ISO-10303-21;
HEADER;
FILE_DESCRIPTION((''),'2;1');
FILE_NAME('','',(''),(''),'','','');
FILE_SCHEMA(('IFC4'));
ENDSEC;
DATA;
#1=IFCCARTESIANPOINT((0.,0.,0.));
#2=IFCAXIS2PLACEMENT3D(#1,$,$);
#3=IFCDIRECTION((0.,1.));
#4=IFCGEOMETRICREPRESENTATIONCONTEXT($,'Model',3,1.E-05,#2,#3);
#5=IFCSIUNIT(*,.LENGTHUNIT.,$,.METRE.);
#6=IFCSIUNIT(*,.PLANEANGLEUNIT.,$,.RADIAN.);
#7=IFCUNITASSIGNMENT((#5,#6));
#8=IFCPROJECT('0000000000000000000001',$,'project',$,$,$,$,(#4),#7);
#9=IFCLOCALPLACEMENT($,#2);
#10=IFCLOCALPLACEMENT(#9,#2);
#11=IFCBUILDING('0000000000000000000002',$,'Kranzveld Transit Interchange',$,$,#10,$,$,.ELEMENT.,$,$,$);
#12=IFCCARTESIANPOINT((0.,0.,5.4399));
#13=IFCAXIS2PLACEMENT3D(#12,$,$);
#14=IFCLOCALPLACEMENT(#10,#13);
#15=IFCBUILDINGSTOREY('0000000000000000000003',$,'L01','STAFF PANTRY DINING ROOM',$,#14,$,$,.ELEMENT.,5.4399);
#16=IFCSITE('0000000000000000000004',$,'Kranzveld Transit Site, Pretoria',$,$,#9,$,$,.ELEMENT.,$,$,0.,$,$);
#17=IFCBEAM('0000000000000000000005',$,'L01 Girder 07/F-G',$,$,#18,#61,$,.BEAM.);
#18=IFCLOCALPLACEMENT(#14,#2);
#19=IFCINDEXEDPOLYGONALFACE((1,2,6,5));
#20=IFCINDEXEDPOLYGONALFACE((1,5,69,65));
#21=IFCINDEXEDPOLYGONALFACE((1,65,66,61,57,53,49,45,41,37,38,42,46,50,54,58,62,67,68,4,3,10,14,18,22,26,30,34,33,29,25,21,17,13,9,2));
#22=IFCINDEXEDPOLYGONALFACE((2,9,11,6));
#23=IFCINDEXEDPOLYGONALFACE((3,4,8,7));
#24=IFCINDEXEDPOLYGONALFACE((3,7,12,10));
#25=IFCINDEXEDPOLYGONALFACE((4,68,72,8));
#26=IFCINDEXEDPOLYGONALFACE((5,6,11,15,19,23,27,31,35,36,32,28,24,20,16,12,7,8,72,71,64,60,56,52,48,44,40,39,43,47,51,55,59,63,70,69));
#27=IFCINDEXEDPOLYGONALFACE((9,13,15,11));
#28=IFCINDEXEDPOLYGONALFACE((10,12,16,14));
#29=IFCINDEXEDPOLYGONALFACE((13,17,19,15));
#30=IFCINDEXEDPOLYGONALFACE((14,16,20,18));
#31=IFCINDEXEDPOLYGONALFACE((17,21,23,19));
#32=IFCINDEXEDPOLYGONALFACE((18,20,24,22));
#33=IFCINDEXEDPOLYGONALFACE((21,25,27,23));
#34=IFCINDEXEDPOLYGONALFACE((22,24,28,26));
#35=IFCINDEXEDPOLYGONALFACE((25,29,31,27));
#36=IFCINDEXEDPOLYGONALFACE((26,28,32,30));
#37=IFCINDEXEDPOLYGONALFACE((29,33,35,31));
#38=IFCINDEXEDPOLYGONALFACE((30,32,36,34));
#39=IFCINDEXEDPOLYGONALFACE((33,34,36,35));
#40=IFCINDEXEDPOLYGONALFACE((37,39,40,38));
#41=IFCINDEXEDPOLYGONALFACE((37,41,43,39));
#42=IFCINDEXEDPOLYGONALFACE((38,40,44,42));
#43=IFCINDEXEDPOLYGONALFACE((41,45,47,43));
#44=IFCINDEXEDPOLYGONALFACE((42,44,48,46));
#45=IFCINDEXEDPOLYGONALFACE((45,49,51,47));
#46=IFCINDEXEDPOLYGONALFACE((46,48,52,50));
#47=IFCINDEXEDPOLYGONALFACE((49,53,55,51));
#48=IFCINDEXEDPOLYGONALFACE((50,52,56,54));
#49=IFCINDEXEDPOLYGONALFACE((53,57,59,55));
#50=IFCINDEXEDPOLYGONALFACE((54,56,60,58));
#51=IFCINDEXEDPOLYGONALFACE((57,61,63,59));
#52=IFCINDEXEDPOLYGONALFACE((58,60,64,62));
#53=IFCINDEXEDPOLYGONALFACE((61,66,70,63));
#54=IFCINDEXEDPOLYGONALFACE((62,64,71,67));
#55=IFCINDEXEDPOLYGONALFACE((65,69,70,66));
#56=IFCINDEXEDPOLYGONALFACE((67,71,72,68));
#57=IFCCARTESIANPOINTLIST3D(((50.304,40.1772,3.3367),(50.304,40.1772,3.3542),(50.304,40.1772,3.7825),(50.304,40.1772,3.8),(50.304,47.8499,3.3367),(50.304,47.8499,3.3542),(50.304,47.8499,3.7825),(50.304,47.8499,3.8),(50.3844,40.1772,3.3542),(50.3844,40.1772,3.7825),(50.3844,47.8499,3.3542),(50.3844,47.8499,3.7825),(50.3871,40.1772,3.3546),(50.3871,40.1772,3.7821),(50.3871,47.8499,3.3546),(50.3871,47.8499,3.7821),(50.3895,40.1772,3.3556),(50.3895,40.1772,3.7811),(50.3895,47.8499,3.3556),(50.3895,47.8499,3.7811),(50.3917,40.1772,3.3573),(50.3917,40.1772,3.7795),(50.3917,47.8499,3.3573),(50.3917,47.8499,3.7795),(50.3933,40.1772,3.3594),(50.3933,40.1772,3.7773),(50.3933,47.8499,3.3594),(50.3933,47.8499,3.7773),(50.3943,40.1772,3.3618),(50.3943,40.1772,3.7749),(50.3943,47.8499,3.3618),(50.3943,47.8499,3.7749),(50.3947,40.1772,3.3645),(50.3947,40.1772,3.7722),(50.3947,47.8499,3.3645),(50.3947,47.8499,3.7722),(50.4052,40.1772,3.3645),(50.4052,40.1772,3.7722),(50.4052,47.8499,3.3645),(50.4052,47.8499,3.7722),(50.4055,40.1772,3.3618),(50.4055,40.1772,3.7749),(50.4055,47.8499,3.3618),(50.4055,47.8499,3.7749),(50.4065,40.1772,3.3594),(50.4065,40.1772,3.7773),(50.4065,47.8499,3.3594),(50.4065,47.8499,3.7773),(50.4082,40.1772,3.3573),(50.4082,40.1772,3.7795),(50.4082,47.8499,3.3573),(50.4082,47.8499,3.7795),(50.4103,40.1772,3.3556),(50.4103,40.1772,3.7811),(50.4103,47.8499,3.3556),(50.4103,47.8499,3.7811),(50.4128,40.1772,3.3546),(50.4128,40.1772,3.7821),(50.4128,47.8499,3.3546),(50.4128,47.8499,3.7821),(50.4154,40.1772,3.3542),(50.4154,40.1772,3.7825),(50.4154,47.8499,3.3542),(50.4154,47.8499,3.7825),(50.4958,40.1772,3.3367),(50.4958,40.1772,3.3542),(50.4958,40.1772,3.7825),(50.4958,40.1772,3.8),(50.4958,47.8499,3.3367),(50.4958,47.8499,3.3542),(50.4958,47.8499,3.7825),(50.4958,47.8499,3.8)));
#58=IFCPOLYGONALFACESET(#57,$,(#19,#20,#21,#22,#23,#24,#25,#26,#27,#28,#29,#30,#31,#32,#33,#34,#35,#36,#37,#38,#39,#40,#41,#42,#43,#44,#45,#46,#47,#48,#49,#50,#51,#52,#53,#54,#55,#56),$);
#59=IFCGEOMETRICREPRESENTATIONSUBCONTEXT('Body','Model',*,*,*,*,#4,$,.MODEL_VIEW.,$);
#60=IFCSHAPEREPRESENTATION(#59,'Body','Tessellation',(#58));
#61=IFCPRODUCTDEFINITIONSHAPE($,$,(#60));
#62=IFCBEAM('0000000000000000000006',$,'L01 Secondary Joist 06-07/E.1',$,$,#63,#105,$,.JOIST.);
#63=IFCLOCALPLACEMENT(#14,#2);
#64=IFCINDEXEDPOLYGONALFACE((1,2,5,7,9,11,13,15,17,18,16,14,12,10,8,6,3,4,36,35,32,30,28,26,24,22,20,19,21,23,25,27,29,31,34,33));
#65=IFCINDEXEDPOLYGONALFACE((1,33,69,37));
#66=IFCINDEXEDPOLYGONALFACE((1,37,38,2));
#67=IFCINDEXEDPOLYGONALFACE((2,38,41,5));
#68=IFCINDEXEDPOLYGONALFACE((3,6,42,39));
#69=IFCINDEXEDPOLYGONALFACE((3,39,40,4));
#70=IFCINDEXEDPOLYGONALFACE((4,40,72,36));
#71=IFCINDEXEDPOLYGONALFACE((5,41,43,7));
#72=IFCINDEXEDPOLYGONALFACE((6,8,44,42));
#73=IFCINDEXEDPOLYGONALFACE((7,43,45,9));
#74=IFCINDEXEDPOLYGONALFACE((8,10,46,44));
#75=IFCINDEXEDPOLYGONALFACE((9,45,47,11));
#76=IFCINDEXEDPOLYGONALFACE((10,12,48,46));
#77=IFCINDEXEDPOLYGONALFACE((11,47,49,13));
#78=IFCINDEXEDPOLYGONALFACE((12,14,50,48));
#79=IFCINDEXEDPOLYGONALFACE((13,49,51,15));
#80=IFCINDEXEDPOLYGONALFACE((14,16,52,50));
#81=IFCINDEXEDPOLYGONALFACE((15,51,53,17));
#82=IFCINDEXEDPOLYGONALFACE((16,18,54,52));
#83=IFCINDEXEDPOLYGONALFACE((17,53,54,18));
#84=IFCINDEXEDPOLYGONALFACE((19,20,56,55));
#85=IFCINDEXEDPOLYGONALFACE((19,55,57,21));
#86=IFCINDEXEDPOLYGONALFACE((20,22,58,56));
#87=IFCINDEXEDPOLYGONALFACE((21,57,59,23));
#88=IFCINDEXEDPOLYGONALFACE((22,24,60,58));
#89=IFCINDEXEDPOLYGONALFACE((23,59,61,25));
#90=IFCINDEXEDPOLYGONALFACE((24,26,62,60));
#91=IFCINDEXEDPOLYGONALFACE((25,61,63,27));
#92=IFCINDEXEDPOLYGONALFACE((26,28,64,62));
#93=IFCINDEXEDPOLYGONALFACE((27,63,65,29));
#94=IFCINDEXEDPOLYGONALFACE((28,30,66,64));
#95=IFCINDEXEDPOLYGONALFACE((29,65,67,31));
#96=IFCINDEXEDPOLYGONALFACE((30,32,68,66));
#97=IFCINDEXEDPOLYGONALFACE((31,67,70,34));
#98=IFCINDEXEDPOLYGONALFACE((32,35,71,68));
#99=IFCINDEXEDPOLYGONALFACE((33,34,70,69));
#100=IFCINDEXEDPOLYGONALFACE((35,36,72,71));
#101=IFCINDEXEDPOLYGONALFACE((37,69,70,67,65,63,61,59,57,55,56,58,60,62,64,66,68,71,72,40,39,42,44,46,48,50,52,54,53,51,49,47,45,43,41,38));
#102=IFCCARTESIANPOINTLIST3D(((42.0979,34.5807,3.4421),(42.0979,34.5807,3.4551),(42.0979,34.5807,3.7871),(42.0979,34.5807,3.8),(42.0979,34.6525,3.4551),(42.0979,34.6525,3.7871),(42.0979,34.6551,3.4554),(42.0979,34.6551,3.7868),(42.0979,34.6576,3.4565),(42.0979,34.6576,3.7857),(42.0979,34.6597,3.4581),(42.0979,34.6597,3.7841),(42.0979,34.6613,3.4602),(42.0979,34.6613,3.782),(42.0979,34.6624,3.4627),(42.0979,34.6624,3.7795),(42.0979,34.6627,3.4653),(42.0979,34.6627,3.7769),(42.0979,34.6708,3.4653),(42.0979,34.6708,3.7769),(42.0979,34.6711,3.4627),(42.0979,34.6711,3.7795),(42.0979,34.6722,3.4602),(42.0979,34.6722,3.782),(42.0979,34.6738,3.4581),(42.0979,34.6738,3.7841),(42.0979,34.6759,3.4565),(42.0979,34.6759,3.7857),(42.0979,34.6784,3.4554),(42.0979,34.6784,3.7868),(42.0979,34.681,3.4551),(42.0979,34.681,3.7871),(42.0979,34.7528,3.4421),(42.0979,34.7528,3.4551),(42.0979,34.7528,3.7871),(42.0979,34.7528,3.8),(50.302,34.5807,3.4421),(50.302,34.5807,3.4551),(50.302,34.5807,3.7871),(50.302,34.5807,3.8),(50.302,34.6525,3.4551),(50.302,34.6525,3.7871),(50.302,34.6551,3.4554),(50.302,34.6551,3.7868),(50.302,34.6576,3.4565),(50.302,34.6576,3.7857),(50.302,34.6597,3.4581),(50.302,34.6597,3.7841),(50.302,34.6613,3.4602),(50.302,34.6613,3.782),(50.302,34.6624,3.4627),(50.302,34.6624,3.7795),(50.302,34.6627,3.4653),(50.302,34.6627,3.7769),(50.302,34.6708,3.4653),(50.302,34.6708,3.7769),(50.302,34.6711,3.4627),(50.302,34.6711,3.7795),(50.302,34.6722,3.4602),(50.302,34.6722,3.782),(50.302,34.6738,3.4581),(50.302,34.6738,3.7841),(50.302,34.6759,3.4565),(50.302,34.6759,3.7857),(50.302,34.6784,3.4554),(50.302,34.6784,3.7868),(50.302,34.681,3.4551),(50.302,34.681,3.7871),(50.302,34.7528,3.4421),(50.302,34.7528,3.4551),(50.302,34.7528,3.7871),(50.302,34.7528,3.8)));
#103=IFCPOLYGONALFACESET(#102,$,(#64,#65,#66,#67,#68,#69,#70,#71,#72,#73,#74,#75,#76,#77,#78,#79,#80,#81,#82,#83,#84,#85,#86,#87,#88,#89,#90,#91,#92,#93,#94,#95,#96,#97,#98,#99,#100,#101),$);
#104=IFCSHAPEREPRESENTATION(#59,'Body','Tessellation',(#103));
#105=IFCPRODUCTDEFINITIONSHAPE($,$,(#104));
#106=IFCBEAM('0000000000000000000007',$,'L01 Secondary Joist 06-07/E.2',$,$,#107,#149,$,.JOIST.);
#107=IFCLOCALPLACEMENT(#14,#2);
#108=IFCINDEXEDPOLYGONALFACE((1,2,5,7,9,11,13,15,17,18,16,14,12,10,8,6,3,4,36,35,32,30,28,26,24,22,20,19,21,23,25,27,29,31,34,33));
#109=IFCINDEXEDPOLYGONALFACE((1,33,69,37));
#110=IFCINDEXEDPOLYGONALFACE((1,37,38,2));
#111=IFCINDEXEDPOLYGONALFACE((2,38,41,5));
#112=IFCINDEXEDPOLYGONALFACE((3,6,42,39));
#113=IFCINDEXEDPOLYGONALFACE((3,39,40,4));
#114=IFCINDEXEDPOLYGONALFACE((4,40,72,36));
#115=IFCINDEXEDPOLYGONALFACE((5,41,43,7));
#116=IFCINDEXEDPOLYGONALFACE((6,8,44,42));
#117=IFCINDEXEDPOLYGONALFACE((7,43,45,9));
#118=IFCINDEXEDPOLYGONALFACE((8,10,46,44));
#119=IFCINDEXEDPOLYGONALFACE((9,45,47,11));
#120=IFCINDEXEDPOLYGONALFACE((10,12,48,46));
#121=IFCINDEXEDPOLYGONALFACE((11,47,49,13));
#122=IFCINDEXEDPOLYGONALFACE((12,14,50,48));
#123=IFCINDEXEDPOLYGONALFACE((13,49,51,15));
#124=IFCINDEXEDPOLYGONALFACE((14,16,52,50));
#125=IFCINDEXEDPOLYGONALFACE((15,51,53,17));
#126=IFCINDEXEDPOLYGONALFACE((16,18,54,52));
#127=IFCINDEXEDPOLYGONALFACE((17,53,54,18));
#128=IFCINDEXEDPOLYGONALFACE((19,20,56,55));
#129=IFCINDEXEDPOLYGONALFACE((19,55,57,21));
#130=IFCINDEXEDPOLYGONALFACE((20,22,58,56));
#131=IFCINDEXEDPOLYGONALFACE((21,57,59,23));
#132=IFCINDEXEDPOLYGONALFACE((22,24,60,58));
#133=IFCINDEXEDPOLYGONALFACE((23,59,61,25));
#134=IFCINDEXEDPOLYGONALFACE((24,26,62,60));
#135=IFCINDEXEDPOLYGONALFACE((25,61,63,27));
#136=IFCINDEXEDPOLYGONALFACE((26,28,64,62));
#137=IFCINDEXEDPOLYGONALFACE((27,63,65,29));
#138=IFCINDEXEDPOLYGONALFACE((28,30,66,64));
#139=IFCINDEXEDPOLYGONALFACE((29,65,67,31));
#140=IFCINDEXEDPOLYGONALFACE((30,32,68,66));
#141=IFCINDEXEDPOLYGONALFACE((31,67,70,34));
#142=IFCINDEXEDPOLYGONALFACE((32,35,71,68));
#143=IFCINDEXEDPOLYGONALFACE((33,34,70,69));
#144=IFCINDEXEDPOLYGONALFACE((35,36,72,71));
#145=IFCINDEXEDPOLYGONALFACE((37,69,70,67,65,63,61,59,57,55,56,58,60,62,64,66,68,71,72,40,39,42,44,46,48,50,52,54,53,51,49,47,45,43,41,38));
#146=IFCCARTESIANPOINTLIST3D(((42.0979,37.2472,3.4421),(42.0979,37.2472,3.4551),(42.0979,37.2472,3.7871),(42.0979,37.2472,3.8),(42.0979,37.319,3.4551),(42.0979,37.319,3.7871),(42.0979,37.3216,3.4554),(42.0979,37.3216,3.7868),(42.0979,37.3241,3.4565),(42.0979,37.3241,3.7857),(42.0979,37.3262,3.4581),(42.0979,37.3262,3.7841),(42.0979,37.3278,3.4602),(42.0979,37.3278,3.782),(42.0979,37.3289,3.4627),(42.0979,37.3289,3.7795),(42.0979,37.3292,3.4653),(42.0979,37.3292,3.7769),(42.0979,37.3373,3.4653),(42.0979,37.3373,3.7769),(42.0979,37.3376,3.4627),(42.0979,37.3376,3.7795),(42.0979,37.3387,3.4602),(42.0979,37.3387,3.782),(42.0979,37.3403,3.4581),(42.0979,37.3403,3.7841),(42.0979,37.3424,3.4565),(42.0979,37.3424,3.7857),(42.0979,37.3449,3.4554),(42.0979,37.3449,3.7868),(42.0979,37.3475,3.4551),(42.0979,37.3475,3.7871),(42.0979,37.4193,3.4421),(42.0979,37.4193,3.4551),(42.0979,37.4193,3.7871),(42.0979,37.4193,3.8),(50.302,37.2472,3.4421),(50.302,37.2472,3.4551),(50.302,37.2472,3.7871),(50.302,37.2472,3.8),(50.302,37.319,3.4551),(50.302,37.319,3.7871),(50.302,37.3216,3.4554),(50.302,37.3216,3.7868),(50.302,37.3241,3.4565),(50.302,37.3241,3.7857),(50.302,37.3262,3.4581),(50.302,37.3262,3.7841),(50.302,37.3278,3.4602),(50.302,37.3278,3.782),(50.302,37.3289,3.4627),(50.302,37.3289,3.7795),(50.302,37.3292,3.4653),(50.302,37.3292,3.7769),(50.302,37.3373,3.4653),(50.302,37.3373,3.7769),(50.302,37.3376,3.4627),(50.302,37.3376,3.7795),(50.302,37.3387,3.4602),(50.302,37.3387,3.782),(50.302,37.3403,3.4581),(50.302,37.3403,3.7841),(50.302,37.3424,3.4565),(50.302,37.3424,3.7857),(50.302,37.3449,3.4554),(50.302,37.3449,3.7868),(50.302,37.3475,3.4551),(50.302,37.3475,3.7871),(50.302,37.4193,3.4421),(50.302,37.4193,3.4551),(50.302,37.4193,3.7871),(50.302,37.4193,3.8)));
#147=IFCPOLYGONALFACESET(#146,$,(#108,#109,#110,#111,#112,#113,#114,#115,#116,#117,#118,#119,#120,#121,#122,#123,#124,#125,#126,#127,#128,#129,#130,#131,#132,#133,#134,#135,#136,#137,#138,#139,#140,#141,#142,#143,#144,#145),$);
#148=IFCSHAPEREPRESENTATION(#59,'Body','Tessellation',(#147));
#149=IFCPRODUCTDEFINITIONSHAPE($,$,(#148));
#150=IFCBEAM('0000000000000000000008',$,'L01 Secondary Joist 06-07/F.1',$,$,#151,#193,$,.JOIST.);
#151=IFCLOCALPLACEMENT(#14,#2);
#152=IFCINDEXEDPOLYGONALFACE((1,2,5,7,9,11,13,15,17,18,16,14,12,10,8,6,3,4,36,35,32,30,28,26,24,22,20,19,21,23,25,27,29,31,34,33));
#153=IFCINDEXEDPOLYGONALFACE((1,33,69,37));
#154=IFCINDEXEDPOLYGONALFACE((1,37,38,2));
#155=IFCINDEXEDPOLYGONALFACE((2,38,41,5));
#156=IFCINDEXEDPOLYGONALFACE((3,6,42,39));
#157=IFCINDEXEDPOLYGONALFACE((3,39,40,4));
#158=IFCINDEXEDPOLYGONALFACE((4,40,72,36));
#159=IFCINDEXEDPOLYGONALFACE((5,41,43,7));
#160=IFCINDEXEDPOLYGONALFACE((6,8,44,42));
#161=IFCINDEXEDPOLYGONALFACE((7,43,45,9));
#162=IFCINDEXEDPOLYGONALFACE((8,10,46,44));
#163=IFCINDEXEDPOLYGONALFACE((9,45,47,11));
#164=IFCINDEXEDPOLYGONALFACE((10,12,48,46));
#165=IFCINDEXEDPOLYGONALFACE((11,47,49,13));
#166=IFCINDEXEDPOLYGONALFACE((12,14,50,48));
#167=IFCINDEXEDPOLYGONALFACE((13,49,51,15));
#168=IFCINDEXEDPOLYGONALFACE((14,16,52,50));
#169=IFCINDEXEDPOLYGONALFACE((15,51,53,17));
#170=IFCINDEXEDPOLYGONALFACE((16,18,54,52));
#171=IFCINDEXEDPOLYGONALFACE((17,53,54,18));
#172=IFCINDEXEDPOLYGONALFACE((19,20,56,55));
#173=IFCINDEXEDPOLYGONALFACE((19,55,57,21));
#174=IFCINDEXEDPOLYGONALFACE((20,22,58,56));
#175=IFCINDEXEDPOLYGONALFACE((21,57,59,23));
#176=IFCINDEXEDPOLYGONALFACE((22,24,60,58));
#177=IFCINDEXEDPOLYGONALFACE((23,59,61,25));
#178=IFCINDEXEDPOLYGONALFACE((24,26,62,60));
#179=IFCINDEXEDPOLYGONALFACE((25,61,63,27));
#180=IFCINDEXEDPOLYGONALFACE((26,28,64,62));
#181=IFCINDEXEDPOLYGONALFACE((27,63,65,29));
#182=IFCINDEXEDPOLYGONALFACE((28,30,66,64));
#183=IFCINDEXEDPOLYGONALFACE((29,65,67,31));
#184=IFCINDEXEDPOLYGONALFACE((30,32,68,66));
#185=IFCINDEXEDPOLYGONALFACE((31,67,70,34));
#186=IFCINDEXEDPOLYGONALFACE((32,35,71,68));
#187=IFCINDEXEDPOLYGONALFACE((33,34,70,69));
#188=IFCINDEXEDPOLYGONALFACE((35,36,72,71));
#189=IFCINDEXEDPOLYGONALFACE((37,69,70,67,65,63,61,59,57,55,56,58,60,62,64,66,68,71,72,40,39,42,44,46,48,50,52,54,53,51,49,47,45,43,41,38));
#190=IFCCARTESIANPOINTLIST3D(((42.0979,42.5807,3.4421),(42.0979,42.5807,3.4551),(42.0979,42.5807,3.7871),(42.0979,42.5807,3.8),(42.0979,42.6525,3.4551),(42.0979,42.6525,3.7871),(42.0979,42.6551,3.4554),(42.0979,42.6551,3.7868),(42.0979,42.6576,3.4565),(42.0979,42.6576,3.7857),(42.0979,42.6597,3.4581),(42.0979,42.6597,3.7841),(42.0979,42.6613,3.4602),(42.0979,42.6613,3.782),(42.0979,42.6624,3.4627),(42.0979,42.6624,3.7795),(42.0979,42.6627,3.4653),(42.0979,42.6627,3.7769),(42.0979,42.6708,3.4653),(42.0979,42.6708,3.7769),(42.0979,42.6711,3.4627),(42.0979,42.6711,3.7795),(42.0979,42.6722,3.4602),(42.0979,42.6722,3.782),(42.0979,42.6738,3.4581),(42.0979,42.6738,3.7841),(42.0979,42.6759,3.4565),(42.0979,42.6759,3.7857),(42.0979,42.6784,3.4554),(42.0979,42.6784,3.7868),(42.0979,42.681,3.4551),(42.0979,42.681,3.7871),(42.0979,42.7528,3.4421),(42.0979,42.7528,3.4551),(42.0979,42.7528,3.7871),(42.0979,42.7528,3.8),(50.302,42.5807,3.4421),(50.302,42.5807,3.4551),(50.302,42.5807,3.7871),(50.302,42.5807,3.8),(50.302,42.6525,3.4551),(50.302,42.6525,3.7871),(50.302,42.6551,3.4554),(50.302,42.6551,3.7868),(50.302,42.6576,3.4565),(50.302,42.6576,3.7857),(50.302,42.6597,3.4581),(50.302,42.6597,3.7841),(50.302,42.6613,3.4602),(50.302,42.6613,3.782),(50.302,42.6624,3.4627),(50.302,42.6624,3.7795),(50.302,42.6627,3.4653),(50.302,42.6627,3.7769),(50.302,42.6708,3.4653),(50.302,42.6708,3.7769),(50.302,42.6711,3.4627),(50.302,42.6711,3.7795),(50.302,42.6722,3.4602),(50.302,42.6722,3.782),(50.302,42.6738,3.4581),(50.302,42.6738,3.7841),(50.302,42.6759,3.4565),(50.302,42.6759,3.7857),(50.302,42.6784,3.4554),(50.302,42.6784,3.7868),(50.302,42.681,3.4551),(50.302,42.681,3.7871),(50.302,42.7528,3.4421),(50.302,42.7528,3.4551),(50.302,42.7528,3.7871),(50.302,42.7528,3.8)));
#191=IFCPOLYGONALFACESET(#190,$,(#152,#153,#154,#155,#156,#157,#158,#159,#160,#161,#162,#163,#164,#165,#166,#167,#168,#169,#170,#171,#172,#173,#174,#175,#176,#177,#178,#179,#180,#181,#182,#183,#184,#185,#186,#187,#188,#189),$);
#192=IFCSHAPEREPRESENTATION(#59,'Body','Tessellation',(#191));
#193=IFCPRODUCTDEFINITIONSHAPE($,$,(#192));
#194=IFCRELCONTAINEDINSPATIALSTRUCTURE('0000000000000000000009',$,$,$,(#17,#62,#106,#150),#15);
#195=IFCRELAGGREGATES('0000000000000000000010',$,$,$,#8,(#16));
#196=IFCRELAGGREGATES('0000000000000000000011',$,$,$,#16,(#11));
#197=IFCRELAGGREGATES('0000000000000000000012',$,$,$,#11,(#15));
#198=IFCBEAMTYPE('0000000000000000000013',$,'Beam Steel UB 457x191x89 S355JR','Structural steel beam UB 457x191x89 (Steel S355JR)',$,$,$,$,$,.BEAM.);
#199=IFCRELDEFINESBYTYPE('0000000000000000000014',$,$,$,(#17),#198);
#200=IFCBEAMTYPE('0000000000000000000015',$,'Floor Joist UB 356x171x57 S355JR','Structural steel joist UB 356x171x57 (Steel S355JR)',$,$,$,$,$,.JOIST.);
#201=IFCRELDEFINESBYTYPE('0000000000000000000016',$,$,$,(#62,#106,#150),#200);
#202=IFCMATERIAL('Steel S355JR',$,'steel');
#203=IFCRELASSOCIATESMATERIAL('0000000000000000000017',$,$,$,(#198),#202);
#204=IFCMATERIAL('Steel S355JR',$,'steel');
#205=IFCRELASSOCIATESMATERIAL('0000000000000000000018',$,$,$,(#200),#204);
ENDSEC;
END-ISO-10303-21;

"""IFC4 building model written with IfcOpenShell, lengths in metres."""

from ifc_helpers import new_model, si_unit, direction, frame, origin, origin_2d, place, context, subcontext, project, spatial, i_section, extrude, material, material_profile, profile_set, type_object, element, save


model = new_model("IFC4")

# Units and contexts
model_context = context("Model", 3, precision=1e-05, world=origin(), true_north=direction((0.0, 1.0)))
body_context = subcontext(model_context, "Body", "Model", "MODEL_VIEW")
ifc_project = project(units=[si_unit("LENGTHUNIT", "METRE"), si_unit("PLANEANGLEUNIT", "RADIAN")], contexts=[model_context])

# Site, building, storey
site_placement = place(None, origin())
site = spatial("IfcSite", under=ifc_project, at=site_placement, Name="Kranzveld Transit Site, Pretoria", CompositionType="ELEMENT", RefElevation=0.0)
building_placement = place(site_placement, origin())
building = spatial("IfcBuilding", under=site, at=building_placement, Name="Kranzveld Transit Interchange", CompositionType="ELEMENT")
storey_placement = place(building_placement, frame((0.0, 0.0, 5.4399)))
storey = spatial("IfcBuildingStorey", under=building, at=storey_placement, Name="L01", Description="STAFF PANTRY DINING ROOM", CompositionType="ELEMENT", Elevation=5.4399)

# Beams
ifc_material_1 = material(Name="Steel S355JR", Category="steel")
ifc_material_profile_1 = material_profile(ifc_material_1, i_section(OverallWidth=0.1919, OverallDepth=0.4634, WebThickness=0.0105, FlangeThickness=0.0176, FilletRadius=0.0103, at=origin_2d()), Name="UB 457x191x89")
ifc_profile_set_1 = profile_set([ifc_material_profile_1], Name="Steel S355JR")
beam_type_1 = type_object("IfcBeamType", Name="Beam Steel UB 457x191x89 S355JR", Description="Structural steel beam UB 457x191x89 (Steel S355JR)", PredefinedType="BEAM", material=ifc_profile_set_1)
beam_1_placement = place(storey_placement, frame((50.3999, 40.1772, 3.5684), z_axis=(0.0, 1.0, 0.0), x_axis=(-1.0, 0.0, 0.0)))
element("IfcBeam", 1, at=beam_1_placement, inside=storey, type_object=beam_type_1, Name="L01 Girder 07/F-G", PredefinedType="BEAM", context=body_context, shape_type="SweptSolid", body=[
    extrude(i_section(OverallWidth=0.1919, OverallDepth=0.4634, WebThickness=0.0105, FlangeThickness=0.0176, FilletRadius=0.0103, at=origin_2d()), origin(), (0.0, 0.0, 1.0), 7.6726),
])
ifc_material_2 = material(Name="Steel S355JR", Category="steel")
ifc_material_profile_2 = material_profile(ifc_material_2, i_section(OverallWidth=0.1721, OverallDepth=0.3579, WebThickness=0.0081, FlangeThickness=0.0129, FilletRadius=0.0103, at=origin_2d()), Name="UB 356x171x57")
ifc_profile_set_2 = profile_set([ifc_material_profile_2], Name="Steel S355JR")
beam_type_2 = type_object("IfcBeamType", Name="Floor Joist UB 356x171x57 S355JR", Description="Structural steel joist UB 356x171x57 (Steel S355JR)", PredefinedType="JOIST", material=ifc_profile_set_2)
for number, where, z_axis, x_axis, name in (
    (2, (42.0979, 34.6667, 3.6211), (1.0, 0.0, 0.0), (0.0, 1.0, 0.0), "L01 Secondary Joist 06-07/E.1"),
    (3, (42.0979, 37.3333, 3.6211), (1.0, 0.0, 0.0), (0.0, 1.0, 0.0), "L01 Secondary Joist 06-07/E.2"),
    (4, (42.0979, 42.6667, 3.6211), (1.0, 0.0, 0.0), (0.0, 1.0, 0.0), "L01 Secondary Joist 06-07/F.1"),
):
    element("IfcBeam", number, at=place(storey_placement, frame(where, z_axis=z_axis, x_axis=x_axis)), inside=storey, type_object=beam_type_2, Name=name, PredefinedType="JOIST", context=body_context, shape_type="SweptSolid", body=[
        extrude(i_section(OverallWidth=0.1721, OverallDepth=0.3579, WebThickness=0.0081, FlangeThickness=0.0129, FilletRadius=0.0103, at=origin_2d()), origin(), (0.0, 0.0, 1.0), 8.2041),
    ])

save(model, "model.ifc")
